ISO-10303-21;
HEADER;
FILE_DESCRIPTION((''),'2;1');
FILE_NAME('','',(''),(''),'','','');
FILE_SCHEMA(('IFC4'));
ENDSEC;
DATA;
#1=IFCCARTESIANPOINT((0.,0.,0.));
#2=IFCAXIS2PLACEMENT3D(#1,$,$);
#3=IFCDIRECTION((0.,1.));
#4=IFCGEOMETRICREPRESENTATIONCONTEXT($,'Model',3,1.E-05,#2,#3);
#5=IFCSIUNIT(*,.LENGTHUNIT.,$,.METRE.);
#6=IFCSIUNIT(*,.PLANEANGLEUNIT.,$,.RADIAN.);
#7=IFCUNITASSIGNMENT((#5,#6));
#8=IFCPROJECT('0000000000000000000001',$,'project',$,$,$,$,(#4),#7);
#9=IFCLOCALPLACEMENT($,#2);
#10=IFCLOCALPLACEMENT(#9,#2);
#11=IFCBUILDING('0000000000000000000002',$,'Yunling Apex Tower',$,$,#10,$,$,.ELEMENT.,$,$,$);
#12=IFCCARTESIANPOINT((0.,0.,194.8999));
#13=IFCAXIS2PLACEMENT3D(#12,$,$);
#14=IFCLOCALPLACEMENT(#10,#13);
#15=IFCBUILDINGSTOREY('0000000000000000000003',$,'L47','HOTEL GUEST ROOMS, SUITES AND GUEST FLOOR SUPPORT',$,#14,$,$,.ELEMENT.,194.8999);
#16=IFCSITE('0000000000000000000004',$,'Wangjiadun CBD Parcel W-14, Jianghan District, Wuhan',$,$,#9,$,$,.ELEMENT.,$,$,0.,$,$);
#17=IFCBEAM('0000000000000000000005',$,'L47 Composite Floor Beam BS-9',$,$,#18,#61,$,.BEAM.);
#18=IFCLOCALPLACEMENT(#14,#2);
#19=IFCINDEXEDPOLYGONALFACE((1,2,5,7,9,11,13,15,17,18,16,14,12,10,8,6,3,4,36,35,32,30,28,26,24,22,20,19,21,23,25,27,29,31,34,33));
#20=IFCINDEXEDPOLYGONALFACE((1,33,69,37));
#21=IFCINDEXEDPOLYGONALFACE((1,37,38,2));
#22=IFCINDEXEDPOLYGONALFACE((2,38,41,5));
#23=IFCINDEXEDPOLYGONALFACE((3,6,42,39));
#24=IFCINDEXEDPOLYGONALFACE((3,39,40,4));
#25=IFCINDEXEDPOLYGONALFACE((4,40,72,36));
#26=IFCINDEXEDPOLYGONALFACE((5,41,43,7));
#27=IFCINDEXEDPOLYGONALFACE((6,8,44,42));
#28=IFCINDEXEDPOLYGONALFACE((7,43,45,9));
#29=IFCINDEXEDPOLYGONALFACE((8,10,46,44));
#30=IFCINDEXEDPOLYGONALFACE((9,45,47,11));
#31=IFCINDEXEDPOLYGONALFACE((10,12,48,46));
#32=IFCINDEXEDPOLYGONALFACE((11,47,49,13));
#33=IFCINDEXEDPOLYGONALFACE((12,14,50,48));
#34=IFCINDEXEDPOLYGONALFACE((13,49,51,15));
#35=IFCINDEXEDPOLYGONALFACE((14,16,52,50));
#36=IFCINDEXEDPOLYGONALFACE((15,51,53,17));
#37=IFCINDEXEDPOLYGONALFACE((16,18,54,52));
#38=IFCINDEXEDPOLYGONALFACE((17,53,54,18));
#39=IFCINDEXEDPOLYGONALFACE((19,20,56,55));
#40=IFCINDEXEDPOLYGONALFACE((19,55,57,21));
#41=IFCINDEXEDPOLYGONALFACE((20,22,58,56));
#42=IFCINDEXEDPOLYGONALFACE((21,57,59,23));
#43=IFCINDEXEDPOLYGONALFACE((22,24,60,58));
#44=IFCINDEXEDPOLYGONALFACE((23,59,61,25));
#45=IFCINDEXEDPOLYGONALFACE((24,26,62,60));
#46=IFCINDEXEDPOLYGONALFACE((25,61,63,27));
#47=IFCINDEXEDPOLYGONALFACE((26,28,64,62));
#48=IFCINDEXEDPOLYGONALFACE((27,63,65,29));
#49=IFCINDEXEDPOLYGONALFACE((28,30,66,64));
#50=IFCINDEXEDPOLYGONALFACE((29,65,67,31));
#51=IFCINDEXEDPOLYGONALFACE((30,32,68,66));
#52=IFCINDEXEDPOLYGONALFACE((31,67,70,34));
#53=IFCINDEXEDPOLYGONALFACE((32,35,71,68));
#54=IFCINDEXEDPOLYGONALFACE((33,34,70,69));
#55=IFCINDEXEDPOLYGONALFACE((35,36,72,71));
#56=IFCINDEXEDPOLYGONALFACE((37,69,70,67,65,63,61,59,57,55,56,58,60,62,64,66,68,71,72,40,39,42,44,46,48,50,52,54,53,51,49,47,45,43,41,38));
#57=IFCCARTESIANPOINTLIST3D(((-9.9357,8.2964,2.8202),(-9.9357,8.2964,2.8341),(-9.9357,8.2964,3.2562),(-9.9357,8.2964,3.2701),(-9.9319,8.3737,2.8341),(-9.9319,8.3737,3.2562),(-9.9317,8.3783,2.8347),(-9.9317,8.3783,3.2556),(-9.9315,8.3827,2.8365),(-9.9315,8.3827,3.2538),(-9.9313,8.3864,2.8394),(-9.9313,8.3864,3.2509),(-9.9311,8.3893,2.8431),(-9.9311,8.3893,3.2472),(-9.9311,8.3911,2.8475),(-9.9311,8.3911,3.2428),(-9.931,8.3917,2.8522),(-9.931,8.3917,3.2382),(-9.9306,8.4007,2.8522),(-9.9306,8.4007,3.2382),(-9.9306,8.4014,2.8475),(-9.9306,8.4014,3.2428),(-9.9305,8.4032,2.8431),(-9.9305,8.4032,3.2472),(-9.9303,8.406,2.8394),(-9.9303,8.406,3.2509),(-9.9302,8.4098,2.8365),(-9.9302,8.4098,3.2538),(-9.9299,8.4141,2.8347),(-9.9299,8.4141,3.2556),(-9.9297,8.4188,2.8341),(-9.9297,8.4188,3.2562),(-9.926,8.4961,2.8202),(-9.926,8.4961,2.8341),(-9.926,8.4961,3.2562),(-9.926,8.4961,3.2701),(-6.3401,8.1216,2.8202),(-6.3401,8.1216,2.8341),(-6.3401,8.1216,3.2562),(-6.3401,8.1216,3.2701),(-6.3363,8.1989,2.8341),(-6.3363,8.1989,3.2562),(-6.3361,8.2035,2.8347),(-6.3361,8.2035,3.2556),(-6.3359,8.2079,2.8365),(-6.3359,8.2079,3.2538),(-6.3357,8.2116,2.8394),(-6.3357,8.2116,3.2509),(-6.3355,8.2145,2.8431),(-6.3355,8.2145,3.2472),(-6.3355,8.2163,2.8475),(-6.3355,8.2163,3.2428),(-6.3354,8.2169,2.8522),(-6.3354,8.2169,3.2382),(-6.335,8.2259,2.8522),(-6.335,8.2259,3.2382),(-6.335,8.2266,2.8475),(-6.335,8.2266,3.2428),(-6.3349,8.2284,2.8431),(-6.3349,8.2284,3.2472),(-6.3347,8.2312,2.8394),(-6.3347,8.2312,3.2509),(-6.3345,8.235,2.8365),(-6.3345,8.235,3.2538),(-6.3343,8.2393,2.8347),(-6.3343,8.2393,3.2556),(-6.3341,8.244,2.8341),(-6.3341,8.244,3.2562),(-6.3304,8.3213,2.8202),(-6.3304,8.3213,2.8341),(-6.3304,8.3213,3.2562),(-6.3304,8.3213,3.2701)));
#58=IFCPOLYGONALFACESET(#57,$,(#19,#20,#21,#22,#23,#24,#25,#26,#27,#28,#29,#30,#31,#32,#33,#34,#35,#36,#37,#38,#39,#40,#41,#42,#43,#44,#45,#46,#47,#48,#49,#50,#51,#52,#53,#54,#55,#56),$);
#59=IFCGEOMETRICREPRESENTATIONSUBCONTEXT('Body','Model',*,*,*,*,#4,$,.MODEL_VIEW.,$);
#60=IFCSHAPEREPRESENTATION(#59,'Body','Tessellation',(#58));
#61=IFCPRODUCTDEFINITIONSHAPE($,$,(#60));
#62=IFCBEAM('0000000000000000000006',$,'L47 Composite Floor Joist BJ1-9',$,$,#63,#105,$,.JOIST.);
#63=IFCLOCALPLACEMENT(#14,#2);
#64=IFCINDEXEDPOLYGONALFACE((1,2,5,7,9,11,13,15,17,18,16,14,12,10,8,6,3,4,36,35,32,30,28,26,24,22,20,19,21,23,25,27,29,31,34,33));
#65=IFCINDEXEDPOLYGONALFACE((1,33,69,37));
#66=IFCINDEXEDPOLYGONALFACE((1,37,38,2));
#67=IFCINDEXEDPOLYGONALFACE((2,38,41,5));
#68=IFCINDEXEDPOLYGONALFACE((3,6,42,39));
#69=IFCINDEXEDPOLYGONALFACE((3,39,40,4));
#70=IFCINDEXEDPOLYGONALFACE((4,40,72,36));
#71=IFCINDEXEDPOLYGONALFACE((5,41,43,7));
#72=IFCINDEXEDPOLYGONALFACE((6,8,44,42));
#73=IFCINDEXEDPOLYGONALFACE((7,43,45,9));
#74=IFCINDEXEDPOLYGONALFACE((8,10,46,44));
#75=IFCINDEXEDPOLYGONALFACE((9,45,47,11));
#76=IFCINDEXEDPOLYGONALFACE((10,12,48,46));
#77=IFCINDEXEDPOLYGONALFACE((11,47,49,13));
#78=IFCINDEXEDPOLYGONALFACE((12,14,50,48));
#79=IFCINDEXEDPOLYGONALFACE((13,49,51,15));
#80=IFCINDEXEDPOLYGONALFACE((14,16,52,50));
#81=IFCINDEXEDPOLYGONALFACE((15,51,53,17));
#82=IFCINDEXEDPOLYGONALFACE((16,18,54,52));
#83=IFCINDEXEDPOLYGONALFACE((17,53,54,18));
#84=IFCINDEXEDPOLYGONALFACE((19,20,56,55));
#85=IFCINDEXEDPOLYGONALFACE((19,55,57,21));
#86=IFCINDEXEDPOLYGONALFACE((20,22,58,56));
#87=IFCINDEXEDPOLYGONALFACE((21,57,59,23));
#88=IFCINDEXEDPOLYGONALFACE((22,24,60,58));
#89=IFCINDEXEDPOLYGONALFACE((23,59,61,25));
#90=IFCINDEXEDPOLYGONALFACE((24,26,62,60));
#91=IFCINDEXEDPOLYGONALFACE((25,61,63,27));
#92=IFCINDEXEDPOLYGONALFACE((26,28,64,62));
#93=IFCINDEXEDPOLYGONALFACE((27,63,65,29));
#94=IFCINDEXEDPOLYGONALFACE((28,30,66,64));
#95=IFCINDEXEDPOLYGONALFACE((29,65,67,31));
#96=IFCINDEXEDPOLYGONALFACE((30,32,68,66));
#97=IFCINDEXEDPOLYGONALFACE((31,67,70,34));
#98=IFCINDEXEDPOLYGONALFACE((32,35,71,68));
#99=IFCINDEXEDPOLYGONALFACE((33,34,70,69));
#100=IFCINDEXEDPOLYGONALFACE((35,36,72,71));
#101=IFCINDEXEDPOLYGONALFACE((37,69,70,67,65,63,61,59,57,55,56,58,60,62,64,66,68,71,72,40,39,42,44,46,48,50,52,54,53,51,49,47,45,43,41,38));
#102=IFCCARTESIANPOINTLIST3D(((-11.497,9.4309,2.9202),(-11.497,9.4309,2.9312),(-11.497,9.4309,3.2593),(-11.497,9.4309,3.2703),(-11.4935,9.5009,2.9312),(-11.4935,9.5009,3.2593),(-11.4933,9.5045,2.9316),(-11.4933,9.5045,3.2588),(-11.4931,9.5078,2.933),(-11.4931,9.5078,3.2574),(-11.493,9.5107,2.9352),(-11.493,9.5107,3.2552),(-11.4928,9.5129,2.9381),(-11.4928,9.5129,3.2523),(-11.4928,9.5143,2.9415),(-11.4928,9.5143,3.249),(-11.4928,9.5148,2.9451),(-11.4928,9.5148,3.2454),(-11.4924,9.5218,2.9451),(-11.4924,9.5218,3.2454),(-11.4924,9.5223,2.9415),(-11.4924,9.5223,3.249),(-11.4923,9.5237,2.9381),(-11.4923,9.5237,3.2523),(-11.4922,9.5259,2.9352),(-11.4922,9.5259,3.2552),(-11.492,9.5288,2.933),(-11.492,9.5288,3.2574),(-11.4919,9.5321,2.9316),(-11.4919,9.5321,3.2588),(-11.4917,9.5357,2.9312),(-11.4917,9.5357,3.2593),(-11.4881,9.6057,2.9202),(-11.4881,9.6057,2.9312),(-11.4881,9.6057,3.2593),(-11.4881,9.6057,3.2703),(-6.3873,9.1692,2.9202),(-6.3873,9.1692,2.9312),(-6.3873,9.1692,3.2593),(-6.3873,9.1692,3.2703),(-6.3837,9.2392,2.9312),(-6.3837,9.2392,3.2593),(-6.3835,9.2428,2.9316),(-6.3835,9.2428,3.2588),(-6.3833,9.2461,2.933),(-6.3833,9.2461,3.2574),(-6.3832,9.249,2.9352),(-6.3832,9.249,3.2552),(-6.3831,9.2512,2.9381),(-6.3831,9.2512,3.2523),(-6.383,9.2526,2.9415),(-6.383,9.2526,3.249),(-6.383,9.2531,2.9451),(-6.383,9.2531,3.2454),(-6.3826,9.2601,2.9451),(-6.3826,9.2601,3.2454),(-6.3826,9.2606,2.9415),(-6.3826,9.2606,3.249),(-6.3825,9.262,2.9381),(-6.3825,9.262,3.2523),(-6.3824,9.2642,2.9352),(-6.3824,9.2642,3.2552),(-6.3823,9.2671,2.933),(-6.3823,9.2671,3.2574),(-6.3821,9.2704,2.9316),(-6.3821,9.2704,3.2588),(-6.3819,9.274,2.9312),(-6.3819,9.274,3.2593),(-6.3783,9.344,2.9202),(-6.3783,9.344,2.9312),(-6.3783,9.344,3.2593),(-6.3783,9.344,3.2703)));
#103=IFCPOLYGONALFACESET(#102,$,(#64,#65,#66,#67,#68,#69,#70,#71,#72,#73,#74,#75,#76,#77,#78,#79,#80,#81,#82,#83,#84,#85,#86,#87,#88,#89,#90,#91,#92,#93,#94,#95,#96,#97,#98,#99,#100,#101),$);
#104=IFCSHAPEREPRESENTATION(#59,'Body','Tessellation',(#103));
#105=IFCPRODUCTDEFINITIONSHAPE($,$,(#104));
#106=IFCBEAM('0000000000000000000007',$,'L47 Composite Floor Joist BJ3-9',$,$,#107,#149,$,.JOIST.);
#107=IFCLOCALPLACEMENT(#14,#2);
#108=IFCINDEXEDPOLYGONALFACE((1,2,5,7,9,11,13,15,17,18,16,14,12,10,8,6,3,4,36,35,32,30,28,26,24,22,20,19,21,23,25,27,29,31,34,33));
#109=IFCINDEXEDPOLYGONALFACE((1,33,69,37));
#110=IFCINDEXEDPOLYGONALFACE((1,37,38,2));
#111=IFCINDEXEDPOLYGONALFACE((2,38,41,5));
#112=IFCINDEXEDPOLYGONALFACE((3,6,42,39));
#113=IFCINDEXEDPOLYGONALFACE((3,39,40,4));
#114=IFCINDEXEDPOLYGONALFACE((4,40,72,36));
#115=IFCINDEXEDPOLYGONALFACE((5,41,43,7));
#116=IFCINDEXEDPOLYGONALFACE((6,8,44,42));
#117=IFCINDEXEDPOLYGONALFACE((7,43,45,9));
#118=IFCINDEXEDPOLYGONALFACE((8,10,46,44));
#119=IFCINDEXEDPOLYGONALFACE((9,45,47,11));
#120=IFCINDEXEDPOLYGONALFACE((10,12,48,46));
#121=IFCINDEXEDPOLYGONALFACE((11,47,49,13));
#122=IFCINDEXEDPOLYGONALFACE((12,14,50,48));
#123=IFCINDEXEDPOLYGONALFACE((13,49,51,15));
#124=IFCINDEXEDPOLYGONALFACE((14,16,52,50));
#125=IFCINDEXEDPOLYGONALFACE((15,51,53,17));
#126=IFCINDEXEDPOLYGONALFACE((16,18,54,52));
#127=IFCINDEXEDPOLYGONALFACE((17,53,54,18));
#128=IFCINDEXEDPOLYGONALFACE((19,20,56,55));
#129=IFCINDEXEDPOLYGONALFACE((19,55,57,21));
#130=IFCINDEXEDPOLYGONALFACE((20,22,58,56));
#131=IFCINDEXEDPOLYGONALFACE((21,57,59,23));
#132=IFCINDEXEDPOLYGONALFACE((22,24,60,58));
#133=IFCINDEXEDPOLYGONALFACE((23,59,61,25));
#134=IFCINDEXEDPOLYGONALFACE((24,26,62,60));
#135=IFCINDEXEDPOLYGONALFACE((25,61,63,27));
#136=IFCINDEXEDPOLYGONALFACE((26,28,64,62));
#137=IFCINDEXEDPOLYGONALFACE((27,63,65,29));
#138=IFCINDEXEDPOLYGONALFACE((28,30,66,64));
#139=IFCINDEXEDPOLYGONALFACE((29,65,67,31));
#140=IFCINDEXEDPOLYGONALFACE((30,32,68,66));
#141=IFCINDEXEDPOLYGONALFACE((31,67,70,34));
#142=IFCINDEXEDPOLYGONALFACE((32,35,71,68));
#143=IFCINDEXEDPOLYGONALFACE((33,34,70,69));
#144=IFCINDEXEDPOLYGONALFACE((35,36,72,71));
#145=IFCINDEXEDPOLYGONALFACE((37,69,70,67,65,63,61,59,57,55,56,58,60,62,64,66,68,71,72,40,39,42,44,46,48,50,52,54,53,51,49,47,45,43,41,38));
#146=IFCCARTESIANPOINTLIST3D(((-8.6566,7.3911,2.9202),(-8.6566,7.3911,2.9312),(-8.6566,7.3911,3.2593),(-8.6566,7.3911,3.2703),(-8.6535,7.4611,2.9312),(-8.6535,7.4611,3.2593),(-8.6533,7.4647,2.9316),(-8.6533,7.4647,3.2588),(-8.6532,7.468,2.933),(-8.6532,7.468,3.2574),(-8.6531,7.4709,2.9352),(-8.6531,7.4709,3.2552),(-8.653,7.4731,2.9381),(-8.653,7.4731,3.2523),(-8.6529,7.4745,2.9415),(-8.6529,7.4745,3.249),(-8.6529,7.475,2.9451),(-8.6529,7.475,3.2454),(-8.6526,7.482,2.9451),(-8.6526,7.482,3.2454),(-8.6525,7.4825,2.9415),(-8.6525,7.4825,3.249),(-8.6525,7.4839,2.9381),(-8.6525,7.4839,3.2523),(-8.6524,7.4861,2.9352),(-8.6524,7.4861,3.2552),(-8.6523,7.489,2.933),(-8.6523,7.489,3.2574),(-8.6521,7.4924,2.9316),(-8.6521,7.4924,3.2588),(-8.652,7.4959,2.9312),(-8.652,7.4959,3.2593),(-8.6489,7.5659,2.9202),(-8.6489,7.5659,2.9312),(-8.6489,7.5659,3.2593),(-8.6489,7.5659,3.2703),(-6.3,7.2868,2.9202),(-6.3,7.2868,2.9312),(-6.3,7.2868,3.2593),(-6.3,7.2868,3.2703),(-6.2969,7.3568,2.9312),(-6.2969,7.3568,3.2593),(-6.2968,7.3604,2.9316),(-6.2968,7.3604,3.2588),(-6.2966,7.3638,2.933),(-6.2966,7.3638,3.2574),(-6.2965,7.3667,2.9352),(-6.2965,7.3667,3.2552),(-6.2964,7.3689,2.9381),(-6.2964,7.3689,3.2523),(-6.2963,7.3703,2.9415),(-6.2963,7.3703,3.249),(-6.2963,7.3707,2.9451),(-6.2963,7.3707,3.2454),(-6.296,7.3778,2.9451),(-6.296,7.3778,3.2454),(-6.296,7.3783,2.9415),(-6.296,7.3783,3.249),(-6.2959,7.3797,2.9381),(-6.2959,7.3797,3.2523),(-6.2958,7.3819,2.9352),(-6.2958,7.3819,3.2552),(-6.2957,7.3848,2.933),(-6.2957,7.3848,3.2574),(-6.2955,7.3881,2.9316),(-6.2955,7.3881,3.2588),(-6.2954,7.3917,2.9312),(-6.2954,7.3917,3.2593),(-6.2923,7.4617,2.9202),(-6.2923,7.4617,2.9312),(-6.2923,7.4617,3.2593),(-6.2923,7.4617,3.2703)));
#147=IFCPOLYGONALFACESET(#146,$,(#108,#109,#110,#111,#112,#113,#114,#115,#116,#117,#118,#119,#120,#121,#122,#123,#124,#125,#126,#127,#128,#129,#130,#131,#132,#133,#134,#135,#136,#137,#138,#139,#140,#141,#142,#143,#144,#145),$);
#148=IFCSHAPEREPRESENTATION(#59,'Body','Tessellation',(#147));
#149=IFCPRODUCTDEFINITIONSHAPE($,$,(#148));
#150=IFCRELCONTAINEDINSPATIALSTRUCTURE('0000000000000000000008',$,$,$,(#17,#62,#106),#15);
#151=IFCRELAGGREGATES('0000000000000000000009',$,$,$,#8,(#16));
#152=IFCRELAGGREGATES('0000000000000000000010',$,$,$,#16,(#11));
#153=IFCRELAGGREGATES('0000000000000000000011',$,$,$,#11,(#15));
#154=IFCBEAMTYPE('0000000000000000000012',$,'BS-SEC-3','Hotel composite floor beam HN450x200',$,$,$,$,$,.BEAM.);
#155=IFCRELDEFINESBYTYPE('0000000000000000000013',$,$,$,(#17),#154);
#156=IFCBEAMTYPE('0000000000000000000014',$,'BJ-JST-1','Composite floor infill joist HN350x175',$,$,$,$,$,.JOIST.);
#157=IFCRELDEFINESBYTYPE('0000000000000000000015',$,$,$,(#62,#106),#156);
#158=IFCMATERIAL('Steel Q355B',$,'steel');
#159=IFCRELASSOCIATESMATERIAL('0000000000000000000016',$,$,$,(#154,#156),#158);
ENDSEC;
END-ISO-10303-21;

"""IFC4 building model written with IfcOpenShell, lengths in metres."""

from ifc_helpers import new_model, si_unit, direction, frame, origin, origin_2d, place, context, subcontext, project, spatial, i_section, extrude, source, transform, mapped, material, material_profile, profile_set, type_object, element, save


model = new_model("IFC4")

# Units and contexts
model_context = context("Model", 3, precision=1e-05, world=origin(), true_north=direction((0.0, 1.0)))
body_context = subcontext(model_context, "Body", "Model", "MODEL_VIEW")
ifc_project = project(units=[si_unit("LENGTHUNIT", "METRE"), si_unit("PLANEANGLEUNIT", "RADIAN")], contexts=[model_context])

# Site, building, storey
site_placement = place(None, origin())
site = spatial("IfcSite", under=ifc_project, at=site_placement, Name="Wangjiadun CBD Parcel W-14, Jianghan District, Wuhan", CompositionType="ELEMENT", RefElevation=0.0)
building_placement = place(site_placement, origin())
building = spatial("IfcBuilding", under=site, at=building_placement, Name="Yunling Apex Tower", CompositionType="ELEMENT")
storey_placement = place(building_placement, frame((0.0, 0.0, 194.8999)))
storey = spatial("IfcBuildingStorey", under=building, at=storey_placement, Name="L47", Description="HOTEL GUEST ROOMS, SUITES AND GUEST FLOOR SUPPORT", CompositionType="ELEMENT", Elevation=194.8999)

# Beams
ifc_material_1 = material(Name="Steel Q355B", Category="steel")
ifc_material_profile_1 = material_profile(ifc_material_1, i_section(OverallWidth=0.2, OverallDepth=0.45, WebThickness=0.009, FlangeThickness=0.0139, FilletRadius=0.0181, at=origin_2d()))
ifc_profile_set_1 = profile_set([ifc_material_profile_1], Name="Steel Q355B")
beam_type_1 = type_object("IfcBeamType", Name="BS-SEC-3", Description="Hotel composite floor beam HN450x200", PredefinedType="BEAM", material=ifc_profile_set_1)
shared_shape_1 = source(origin(), body_context, "Body", "SweptSolid", [
    extrude(i_section(OverallWidth=0.2, OverallDepth=0.45, WebThickness=0.009, FlangeThickness=0.0139, FilletRadius=0.0181, at=origin_2d()), origin(), (0.0, 0.0, 1.0), 3.5999),
])
beam_1_placement = place(storey_placement, frame((-6.3352, 8.2214, 3.0452), z_axis=(-0.99882, 0.048558, 0.0), x_axis=(-0.048558, -0.99882, 0.0)))
element("IfcBeam", 1, at=beam_1_placement, inside=storey, type_object=beam_type_1, Name="L47 Composite Floor Beam BS-9", PredefinedType="BEAM", context=body_context, shape_type="MappedRepresentation", body=[
    mapped(shared_shape_1, transform((0.0, 0.0, 0.0), scale=1.0)),
])
ifc_material_profile_2 = material_profile(ifc_material_1, i_section(OverallWidth=0.175, OverallDepth=0.3501, WebThickness=0.0071, FlangeThickness=0.011, FilletRadius=0.0139, at=origin_2d()))
ifc_profile_set_2 = profile_set([ifc_material_profile_2], Name="Steel Q355B")
beam_type_2 = type_object("IfcBeamType", Name="BJ-JST-1", Description="Composite floor infill joist HN350x175", PredefinedType="JOIST", material=ifc_profile_set_2)
shared_shape_2 = source(origin(), body_context, "Body", "SweptSolid", [
    extrude(i_section(OverallWidth=0.175, OverallDepth=0.3501, WebThickness=0.0071, FlangeThickness=0.011, FilletRadius=0.0139, at=origin_2d()), origin(), (0.0, 0.0, 1.0), 5.1165),
])
beam_2_placement = place(storey_placement, frame((-6.3828, 9.2566, 3.0952), z_axis=(-0.998691, 0.051151, 0.0), x_axis=(-0.051151, -0.998691, 0.0)))
element("IfcBeam", 2, at=beam_2_placement, inside=storey, type_object=beam_type_2, Name="L47 Composite Floor Joist BJ1-9", PredefinedType="JOIST", context=body_context, shape_type="MappedRepresentation", body=[
    mapped(shared_shape_2, transform((0.0, 0.0, 0.0), scale=1.0)),
])
shared_shape_3 = source(origin(), body_context, "Body", "SweptSolid", [
    extrude(i_section(OverallWidth=0.175, OverallDepth=0.3501, WebThickness=0.0071, FlangeThickness=0.011, FilletRadius=0.0139, at=origin_2d()), origin(), (0.0, 0.0, 1.0), 2.3589),
])
beam_3_placement = place(storey_placement, frame((-6.2961, 7.3743, 3.0952), z_axis=(-0.999023, 0.044192, 0.0), x_axis=(-0.044192, -0.999023, 0.0)))
element("IfcBeam", 3, at=beam_3_placement, inside=storey, type_object=beam_type_2, Name="L47 Composite Floor Joist BJ3-9", PredefinedType="JOIST", context=body_context, shape_type="MappedRepresentation", body=[
    mapped(shared_shape_3, transform((0.0, 0.0, 0.0), scale=1.0)),
])

save(model, "model.ifc")
